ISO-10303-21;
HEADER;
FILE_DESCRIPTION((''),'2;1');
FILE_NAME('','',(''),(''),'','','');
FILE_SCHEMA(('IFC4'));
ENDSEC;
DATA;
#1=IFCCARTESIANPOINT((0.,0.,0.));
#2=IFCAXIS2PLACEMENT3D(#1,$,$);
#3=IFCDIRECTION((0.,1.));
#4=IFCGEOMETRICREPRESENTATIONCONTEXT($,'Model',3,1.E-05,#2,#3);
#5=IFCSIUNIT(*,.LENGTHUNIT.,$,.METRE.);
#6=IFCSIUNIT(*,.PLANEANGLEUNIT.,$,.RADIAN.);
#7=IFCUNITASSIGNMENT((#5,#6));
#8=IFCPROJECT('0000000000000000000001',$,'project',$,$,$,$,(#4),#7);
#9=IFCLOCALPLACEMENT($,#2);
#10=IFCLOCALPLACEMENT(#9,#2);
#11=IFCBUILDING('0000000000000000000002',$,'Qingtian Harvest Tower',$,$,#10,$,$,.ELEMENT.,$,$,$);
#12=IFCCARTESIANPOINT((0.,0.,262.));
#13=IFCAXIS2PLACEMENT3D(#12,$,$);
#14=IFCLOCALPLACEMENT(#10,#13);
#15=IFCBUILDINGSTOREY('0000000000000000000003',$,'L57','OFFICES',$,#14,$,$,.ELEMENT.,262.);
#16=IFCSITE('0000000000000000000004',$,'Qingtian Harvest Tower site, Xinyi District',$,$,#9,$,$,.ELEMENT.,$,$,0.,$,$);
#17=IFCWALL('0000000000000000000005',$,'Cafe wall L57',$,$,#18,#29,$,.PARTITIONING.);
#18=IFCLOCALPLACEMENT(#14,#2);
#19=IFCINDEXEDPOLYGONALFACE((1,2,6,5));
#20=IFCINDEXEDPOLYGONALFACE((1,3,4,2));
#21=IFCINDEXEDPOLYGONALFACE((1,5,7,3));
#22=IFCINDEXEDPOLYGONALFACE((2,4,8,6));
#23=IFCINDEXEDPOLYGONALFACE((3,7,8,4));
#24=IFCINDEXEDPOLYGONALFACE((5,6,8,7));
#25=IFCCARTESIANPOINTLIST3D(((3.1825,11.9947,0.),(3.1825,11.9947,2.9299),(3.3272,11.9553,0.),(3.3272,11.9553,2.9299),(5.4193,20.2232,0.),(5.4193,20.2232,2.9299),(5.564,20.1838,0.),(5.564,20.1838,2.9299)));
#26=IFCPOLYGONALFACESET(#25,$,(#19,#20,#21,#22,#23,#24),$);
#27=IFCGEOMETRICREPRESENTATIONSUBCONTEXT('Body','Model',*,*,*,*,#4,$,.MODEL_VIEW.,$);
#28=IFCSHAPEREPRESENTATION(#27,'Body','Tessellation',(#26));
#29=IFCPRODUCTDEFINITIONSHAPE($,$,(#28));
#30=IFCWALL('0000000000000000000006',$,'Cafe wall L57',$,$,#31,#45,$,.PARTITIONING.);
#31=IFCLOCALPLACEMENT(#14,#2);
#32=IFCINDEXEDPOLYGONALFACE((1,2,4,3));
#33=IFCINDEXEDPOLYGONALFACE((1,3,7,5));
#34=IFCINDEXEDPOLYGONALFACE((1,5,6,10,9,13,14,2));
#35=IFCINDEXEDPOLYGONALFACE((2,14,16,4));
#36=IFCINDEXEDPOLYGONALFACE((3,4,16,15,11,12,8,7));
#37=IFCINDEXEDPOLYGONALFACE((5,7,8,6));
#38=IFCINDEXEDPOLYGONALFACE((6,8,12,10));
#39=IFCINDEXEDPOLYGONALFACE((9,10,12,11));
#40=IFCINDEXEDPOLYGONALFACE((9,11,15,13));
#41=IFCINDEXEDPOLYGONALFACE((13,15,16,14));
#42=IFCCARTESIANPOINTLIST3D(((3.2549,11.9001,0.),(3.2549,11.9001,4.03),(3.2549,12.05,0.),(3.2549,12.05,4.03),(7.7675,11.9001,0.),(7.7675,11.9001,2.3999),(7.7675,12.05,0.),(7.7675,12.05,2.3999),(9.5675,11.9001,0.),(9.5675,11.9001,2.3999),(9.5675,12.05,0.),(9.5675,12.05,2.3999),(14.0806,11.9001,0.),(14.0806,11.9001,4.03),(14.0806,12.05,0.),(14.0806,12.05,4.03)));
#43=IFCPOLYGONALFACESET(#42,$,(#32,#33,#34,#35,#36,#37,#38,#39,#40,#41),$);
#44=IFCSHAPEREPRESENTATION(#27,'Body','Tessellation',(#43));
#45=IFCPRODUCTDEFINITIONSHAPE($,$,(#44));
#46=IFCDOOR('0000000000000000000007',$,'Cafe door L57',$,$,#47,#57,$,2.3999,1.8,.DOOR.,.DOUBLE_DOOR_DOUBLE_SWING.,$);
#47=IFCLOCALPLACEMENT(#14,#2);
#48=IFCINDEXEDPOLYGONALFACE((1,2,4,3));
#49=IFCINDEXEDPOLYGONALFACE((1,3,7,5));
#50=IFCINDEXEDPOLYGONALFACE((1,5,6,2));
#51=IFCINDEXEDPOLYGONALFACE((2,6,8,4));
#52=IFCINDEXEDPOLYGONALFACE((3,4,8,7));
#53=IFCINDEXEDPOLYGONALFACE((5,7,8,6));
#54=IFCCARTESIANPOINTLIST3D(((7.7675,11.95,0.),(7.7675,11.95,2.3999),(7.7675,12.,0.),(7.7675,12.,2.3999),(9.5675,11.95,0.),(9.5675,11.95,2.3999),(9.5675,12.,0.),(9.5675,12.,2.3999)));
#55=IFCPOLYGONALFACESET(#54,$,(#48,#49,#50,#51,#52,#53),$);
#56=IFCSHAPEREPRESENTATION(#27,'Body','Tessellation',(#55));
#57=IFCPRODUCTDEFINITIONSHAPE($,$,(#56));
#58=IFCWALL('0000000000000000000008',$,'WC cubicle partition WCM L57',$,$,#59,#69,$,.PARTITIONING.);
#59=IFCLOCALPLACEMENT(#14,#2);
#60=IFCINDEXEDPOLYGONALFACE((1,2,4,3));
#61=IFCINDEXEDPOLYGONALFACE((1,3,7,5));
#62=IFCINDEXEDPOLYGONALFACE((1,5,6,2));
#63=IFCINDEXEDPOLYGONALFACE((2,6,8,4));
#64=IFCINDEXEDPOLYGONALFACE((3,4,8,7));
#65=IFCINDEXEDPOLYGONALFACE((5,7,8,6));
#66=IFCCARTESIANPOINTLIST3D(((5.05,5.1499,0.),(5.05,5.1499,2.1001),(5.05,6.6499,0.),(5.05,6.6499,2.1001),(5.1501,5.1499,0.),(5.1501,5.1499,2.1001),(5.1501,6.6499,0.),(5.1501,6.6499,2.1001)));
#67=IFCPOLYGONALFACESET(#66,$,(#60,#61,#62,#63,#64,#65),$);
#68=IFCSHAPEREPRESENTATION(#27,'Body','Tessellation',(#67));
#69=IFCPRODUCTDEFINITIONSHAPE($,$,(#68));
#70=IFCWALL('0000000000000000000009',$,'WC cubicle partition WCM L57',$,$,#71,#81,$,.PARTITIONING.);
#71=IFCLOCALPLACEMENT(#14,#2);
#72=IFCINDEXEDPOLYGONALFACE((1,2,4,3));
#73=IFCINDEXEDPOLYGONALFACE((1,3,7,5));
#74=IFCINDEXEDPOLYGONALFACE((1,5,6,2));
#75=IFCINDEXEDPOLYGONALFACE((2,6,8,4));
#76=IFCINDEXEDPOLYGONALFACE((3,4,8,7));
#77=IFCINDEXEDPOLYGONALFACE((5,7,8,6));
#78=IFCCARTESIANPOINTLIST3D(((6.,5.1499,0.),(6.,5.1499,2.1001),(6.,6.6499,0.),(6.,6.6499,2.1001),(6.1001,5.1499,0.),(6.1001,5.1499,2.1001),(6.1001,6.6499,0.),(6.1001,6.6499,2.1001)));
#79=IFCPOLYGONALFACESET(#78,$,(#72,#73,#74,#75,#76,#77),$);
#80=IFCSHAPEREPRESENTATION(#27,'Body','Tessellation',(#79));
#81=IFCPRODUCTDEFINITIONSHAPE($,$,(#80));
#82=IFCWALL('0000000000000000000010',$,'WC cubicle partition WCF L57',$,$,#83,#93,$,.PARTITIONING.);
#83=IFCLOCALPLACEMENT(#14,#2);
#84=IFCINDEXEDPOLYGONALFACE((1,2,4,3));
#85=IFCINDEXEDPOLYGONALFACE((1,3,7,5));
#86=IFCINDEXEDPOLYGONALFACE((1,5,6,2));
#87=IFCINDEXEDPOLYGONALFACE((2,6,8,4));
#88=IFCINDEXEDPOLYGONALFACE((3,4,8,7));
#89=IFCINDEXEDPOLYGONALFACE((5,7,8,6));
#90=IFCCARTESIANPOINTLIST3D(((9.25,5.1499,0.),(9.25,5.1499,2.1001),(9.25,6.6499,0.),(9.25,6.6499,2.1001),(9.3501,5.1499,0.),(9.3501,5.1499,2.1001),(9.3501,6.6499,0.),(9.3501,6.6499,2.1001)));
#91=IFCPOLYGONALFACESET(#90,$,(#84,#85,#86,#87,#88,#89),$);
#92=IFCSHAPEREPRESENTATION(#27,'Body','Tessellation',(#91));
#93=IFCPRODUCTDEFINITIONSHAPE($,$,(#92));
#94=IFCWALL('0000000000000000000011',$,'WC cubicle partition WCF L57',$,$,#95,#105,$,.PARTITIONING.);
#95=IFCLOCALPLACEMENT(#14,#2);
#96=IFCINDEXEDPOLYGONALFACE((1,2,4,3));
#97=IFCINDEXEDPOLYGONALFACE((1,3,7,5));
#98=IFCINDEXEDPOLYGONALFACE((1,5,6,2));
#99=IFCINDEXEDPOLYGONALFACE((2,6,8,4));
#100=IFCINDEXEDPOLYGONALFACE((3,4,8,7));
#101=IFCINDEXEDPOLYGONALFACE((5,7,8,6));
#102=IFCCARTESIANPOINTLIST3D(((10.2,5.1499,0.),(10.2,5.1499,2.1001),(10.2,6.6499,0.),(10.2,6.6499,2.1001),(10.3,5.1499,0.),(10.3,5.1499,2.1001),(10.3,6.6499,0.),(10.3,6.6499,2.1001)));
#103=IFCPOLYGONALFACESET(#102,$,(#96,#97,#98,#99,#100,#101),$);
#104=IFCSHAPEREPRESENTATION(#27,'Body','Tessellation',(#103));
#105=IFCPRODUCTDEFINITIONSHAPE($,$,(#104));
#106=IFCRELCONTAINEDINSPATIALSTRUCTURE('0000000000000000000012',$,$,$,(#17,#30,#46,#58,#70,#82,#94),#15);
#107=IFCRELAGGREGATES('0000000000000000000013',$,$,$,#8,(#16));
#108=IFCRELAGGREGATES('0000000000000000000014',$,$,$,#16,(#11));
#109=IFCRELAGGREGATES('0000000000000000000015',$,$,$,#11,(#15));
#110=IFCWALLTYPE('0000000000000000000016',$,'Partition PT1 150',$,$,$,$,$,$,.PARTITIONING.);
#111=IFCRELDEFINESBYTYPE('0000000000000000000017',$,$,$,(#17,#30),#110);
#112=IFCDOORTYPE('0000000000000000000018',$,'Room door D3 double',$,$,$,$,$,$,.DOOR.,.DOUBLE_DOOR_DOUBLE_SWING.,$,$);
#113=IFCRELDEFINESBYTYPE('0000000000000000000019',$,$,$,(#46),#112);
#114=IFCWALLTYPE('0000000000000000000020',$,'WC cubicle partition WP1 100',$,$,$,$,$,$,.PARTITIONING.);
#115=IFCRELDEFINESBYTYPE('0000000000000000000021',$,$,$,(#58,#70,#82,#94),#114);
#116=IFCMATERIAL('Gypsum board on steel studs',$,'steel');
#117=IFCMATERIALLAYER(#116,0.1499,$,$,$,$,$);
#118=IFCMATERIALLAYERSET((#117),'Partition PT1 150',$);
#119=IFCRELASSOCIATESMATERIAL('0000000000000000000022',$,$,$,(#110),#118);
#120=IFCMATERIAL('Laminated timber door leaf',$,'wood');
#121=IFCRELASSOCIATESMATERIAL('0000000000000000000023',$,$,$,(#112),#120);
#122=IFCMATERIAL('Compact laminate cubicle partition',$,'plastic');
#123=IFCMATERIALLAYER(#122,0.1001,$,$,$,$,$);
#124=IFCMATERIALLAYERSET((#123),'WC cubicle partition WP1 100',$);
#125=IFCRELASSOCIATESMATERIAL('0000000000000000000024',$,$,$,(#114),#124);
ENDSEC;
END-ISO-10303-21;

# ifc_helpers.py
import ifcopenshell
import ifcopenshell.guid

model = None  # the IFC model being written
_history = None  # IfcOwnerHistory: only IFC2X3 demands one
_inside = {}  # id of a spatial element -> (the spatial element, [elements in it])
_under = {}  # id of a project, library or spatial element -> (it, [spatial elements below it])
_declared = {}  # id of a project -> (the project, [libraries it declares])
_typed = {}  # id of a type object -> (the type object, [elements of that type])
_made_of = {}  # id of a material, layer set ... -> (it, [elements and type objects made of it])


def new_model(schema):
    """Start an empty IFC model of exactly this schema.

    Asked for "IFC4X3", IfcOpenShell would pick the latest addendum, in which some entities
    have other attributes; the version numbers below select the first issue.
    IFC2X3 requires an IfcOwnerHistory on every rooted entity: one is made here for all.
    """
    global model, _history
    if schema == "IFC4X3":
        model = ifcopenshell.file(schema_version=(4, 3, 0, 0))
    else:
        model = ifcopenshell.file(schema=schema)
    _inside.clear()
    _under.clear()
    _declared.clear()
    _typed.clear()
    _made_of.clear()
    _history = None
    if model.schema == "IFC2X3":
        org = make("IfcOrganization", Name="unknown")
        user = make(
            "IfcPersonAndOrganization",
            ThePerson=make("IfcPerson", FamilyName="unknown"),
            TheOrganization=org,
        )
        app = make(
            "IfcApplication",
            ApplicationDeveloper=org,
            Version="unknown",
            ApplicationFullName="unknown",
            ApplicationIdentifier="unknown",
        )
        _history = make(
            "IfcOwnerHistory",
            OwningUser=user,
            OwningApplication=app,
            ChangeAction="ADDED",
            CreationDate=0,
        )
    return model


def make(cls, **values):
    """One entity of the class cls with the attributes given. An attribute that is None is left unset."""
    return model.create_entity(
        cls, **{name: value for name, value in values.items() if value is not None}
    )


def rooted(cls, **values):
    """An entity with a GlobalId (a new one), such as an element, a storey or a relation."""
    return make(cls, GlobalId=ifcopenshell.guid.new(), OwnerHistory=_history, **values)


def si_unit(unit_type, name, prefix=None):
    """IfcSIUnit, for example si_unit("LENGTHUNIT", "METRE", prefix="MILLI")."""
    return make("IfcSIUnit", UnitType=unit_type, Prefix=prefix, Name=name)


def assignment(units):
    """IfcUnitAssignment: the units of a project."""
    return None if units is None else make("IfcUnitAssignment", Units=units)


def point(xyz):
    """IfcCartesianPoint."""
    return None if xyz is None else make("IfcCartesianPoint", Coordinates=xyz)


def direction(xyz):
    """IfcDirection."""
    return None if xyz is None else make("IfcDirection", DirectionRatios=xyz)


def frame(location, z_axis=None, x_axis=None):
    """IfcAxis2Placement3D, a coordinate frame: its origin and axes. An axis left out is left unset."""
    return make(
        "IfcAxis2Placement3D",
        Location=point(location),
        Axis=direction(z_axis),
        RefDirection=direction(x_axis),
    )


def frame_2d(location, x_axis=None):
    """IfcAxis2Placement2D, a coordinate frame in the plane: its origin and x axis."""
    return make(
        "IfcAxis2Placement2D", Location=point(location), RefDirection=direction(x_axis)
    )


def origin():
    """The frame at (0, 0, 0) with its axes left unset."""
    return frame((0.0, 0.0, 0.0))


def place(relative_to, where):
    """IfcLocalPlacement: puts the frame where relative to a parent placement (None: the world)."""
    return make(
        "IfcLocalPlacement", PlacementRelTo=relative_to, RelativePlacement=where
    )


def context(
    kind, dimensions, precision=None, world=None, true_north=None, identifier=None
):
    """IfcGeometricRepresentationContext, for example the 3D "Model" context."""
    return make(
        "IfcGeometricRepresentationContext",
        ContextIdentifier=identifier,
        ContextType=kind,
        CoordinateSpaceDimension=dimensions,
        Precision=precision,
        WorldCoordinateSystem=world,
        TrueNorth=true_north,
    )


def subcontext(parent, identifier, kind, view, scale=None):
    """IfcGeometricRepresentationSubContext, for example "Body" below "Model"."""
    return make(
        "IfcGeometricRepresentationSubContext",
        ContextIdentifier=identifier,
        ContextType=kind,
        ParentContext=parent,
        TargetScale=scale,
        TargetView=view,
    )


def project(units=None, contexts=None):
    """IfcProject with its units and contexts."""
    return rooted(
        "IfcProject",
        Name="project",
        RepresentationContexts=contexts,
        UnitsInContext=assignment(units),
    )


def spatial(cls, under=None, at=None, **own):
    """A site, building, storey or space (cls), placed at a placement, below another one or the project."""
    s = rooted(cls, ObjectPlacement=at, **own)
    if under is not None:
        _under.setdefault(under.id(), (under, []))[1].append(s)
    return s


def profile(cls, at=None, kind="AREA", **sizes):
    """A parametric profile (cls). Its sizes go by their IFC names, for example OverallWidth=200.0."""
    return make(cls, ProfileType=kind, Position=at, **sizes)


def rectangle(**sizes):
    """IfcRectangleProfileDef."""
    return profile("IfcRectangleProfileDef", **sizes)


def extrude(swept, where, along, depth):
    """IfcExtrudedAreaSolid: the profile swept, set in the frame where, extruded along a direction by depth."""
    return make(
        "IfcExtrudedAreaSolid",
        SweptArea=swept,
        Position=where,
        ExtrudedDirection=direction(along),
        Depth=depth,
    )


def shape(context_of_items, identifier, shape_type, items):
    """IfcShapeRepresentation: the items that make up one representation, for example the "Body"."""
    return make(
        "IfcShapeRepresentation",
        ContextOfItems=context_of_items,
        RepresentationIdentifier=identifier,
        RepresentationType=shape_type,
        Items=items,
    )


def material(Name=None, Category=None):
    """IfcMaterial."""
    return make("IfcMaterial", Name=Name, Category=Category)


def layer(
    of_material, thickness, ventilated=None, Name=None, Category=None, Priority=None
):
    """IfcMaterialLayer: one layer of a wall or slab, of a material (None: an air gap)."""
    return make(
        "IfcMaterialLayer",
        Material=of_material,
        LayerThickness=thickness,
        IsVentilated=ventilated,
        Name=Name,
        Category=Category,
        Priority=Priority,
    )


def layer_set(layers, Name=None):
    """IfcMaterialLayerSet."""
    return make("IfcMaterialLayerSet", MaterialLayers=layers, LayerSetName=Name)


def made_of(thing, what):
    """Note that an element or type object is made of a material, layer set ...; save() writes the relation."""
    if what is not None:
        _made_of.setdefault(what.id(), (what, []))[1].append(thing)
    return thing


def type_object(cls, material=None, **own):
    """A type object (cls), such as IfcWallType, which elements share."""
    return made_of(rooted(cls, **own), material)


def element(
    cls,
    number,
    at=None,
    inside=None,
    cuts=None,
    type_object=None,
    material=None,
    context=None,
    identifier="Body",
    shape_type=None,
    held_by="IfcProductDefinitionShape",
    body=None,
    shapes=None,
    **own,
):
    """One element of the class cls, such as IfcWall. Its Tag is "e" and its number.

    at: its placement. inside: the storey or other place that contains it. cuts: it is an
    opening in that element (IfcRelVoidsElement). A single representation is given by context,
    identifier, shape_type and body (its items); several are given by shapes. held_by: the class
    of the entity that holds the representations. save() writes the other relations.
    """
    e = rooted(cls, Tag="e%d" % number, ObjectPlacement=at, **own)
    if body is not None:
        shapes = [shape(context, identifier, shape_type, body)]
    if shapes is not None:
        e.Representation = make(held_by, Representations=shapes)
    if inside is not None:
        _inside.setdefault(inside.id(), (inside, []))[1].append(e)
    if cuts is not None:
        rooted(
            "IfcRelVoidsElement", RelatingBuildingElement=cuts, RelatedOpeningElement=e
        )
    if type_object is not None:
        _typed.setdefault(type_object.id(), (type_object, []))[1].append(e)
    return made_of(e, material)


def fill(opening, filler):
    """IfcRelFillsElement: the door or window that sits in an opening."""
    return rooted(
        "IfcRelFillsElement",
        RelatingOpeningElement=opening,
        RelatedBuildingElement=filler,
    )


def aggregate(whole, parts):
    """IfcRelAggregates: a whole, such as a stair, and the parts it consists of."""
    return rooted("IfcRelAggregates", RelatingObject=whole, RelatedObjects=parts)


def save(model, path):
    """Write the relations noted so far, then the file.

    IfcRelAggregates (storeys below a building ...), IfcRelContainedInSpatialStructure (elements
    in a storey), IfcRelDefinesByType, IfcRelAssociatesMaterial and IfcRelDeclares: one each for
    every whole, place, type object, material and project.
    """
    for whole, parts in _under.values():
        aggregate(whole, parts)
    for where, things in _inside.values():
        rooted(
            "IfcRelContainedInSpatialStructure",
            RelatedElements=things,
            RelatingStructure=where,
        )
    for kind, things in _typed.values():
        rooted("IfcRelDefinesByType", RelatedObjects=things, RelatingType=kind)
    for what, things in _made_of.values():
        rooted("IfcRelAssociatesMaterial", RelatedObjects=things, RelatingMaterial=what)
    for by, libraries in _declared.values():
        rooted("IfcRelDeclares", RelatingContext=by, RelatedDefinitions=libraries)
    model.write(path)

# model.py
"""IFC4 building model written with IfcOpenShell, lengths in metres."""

from ifc_helpers import new_model, si_unit, direction, frame, frame_2d, origin, place, context, subcontext, project, spatial, rectangle, extrude, material, layer, layer_set, type_object, element, fill, save


model = new_model("IFC4")

# Units and contexts
model_context = context("Model", 3, precision=1e-05, world=origin(), true_north=direction((0.0, 1.0)))
body_context = subcontext(model_context, "Body", "Model", "MODEL_VIEW")
ifc_project = project(units=[si_unit("LENGTHUNIT", "METRE"), si_unit("PLANEANGLEUNIT", "RADIAN")], contexts=[model_context])

# Site, building, storey
site_placement = place(None, origin())
site = spatial("IfcSite", under=ifc_project, at=site_placement, Name="Qingtian Harvest Tower site, Xinyi District", CompositionType="ELEMENT", RefElevation=0.0)
building_placement = place(site_placement, origin())
building = spatial("IfcBuilding", under=site, at=building_placement, Name="Qingtian Harvest Tower", CompositionType="ELEMENT")
storey_placement = place(building_placement, frame((0.0, 0.0, 262.0)))
storey = spatial("IfcBuildingStorey", under=building, at=storey_placement, Name="L57", Description="OFFICES", CompositionType="ELEMENT", Elevation=262.0)

# Wall
ifc_material_1 = material(Name="Gypsum board on steel studs", Category="steel")
ifc_layer_1 = layer(ifc_material_1, 0.1499)
ifc_layer_set_1 = layer_set([ifc_layer_1], Name="Partition PT1 150")
wall_type_1 = type_object("IfcWallType", Name="Partition PT1 150", PredefinedType="PARTITIONING", material=ifc_layer_set_1)
wall_1_placement = place(storey_placement, frame((5.4917, 20.2036, 0.0), z_axis=(0.0, 0.0, 1.0), x_axis=(-0.262318, -0.964982, 0.0)))
element("IfcWall", 1, at=wall_1_placement, inside=storey, type_object=wall_type_1, Name="Cafe wall L57", PredefinedType="PARTITIONING", context=body_context, shape_type="SweptSolid", body=[
    extrude(rectangle(XDim=8.5271, YDim=0.1499, at=frame_2d((4.2637, 0.0))), origin(), (0.0, 0.0, 1.0), 2.9299),
])

# Wall, opening, door
wall_2_placement = place(storey_placement, frame((3.2549, 11.9751, 0.0), z_axis=(0.0, 0.0, 1.0), x_axis=(1.0, 0.0, 0.0)))
wall_2 = element("IfcWall", 2, at=wall_2_placement, inside=storey, type_object=wall_type_1, Name="Cafe wall L57", PredefinedType="PARTITIONING", context=body_context, shape_type="SweptSolid", body=[
    extrude(rectangle(XDim=10.8257, YDim=0.1499, at=frame_2d((5.4128, 0.0))), origin(), (0.0, 0.0, 1.0), 4.03),
])
opening_placement = place(wall_2_placement, frame((4.5127, 0.0, 0.0)))
opening = element("IfcOpeningElement", 3, at=opening_placement, cuts=wall_2, PredefinedType="OPENING", context=body_context, shape_type="SweptSolid", body=[
    extrude(rectangle(XDim=1.8, YDim=2.3999, at=frame_2d((0.8999, 1.2))), frame((0.0, 0.085, 0.0), z_axis=(0.0, -1.0, 0.0), x_axis=(1.0, 0.0, 0.0)), (0.0, 0.0, 1.0), 0.1699),
])
ifc_material_2 = material(Name="Laminated timber door leaf", Category="wood")
door_type = type_object("IfcDoorType", Name="Room door D3 double", OperationType="DOUBLE_DOOR_DOUBLE_SWING", PredefinedType="DOOR", material=ifc_material_2)
door_placement = place(opening_placement, origin())
door = element("IfcDoor", 4, at=door_placement, inside=storey, type_object=door_type, Name="Cafe door L57", OperationType="DOUBLE_DOOR_DOUBLE_SWING", OverallHeight=2.3999, OverallWidth=1.8, PredefinedType="DOOR", context=body_context, shape_type="SweptSolid", body=[
    extrude(rectangle(XDim=1.8, YDim=2.3999, at=frame_2d((0.8999, 1.2))), frame((0.0, 0.0249, 0.0), z_axis=(0.0, -1.0, 0.0), x_axis=(1.0, 0.0, 0.0)), (0.0, 0.0, 1.0), 0.05),
])
fill(opening, door)

# Walls
ifc_material_3 = material(Name="Compact laminate cubicle partition", Category="plastic")
ifc_layer_2 = layer(ifc_material_3, 0.1001)
ifc_layer_set_2 = layer_set([ifc_layer_2], Name="WC cubicle partition WP1 100")
wall_type_2 = type_object("IfcWallType", Name="WC cubicle partition WP1 100", PredefinedType="PARTITIONING", material=ifc_layer_set_2)
for number, where, z_axis, x_axis, name in (
    (5, (5.1001, 5.1499, 0.0), (0.0, 0.0, 1.0), (0.0, 1.0, 0.0), "WC cubicle partition WCM L57"),
    (6, (6.05, 5.1499, 0.0), (0.0, 0.0, 1.0), (0.0, 1.0, 0.0), "WC cubicle partition WCM L57"),
    (7, (9.3, 5.1499, 0.0), (0.0, 0.0, 1.0), (0.0, 1.0, 0.0), "WC cubicle partition WCF L57"),
    (8, (10.25, 5.1499, 0.0), (0.0, 0.0, 1.0), (0.0, 1.0, 0.0), "WC cubicle partition WCF L57"),
):
    element("IfcWall", number, at=place(storey_placement, frame(where, z_axis=z_axis, x_axis=x_axis)), inside=storey, type_object=wall_type_2, Name=name, PredefinedType="PARTITIONING", context=body_context, shape_type="SweptSolid", body=[
        extrude(rectangle(XDim=1.5, YDim=0.1001, at=frame_2d((0.75, 0.0))), origin(), (0.0, 0.0, 1.0), 2.1001),
    ])

save(model, "model.ifc")
